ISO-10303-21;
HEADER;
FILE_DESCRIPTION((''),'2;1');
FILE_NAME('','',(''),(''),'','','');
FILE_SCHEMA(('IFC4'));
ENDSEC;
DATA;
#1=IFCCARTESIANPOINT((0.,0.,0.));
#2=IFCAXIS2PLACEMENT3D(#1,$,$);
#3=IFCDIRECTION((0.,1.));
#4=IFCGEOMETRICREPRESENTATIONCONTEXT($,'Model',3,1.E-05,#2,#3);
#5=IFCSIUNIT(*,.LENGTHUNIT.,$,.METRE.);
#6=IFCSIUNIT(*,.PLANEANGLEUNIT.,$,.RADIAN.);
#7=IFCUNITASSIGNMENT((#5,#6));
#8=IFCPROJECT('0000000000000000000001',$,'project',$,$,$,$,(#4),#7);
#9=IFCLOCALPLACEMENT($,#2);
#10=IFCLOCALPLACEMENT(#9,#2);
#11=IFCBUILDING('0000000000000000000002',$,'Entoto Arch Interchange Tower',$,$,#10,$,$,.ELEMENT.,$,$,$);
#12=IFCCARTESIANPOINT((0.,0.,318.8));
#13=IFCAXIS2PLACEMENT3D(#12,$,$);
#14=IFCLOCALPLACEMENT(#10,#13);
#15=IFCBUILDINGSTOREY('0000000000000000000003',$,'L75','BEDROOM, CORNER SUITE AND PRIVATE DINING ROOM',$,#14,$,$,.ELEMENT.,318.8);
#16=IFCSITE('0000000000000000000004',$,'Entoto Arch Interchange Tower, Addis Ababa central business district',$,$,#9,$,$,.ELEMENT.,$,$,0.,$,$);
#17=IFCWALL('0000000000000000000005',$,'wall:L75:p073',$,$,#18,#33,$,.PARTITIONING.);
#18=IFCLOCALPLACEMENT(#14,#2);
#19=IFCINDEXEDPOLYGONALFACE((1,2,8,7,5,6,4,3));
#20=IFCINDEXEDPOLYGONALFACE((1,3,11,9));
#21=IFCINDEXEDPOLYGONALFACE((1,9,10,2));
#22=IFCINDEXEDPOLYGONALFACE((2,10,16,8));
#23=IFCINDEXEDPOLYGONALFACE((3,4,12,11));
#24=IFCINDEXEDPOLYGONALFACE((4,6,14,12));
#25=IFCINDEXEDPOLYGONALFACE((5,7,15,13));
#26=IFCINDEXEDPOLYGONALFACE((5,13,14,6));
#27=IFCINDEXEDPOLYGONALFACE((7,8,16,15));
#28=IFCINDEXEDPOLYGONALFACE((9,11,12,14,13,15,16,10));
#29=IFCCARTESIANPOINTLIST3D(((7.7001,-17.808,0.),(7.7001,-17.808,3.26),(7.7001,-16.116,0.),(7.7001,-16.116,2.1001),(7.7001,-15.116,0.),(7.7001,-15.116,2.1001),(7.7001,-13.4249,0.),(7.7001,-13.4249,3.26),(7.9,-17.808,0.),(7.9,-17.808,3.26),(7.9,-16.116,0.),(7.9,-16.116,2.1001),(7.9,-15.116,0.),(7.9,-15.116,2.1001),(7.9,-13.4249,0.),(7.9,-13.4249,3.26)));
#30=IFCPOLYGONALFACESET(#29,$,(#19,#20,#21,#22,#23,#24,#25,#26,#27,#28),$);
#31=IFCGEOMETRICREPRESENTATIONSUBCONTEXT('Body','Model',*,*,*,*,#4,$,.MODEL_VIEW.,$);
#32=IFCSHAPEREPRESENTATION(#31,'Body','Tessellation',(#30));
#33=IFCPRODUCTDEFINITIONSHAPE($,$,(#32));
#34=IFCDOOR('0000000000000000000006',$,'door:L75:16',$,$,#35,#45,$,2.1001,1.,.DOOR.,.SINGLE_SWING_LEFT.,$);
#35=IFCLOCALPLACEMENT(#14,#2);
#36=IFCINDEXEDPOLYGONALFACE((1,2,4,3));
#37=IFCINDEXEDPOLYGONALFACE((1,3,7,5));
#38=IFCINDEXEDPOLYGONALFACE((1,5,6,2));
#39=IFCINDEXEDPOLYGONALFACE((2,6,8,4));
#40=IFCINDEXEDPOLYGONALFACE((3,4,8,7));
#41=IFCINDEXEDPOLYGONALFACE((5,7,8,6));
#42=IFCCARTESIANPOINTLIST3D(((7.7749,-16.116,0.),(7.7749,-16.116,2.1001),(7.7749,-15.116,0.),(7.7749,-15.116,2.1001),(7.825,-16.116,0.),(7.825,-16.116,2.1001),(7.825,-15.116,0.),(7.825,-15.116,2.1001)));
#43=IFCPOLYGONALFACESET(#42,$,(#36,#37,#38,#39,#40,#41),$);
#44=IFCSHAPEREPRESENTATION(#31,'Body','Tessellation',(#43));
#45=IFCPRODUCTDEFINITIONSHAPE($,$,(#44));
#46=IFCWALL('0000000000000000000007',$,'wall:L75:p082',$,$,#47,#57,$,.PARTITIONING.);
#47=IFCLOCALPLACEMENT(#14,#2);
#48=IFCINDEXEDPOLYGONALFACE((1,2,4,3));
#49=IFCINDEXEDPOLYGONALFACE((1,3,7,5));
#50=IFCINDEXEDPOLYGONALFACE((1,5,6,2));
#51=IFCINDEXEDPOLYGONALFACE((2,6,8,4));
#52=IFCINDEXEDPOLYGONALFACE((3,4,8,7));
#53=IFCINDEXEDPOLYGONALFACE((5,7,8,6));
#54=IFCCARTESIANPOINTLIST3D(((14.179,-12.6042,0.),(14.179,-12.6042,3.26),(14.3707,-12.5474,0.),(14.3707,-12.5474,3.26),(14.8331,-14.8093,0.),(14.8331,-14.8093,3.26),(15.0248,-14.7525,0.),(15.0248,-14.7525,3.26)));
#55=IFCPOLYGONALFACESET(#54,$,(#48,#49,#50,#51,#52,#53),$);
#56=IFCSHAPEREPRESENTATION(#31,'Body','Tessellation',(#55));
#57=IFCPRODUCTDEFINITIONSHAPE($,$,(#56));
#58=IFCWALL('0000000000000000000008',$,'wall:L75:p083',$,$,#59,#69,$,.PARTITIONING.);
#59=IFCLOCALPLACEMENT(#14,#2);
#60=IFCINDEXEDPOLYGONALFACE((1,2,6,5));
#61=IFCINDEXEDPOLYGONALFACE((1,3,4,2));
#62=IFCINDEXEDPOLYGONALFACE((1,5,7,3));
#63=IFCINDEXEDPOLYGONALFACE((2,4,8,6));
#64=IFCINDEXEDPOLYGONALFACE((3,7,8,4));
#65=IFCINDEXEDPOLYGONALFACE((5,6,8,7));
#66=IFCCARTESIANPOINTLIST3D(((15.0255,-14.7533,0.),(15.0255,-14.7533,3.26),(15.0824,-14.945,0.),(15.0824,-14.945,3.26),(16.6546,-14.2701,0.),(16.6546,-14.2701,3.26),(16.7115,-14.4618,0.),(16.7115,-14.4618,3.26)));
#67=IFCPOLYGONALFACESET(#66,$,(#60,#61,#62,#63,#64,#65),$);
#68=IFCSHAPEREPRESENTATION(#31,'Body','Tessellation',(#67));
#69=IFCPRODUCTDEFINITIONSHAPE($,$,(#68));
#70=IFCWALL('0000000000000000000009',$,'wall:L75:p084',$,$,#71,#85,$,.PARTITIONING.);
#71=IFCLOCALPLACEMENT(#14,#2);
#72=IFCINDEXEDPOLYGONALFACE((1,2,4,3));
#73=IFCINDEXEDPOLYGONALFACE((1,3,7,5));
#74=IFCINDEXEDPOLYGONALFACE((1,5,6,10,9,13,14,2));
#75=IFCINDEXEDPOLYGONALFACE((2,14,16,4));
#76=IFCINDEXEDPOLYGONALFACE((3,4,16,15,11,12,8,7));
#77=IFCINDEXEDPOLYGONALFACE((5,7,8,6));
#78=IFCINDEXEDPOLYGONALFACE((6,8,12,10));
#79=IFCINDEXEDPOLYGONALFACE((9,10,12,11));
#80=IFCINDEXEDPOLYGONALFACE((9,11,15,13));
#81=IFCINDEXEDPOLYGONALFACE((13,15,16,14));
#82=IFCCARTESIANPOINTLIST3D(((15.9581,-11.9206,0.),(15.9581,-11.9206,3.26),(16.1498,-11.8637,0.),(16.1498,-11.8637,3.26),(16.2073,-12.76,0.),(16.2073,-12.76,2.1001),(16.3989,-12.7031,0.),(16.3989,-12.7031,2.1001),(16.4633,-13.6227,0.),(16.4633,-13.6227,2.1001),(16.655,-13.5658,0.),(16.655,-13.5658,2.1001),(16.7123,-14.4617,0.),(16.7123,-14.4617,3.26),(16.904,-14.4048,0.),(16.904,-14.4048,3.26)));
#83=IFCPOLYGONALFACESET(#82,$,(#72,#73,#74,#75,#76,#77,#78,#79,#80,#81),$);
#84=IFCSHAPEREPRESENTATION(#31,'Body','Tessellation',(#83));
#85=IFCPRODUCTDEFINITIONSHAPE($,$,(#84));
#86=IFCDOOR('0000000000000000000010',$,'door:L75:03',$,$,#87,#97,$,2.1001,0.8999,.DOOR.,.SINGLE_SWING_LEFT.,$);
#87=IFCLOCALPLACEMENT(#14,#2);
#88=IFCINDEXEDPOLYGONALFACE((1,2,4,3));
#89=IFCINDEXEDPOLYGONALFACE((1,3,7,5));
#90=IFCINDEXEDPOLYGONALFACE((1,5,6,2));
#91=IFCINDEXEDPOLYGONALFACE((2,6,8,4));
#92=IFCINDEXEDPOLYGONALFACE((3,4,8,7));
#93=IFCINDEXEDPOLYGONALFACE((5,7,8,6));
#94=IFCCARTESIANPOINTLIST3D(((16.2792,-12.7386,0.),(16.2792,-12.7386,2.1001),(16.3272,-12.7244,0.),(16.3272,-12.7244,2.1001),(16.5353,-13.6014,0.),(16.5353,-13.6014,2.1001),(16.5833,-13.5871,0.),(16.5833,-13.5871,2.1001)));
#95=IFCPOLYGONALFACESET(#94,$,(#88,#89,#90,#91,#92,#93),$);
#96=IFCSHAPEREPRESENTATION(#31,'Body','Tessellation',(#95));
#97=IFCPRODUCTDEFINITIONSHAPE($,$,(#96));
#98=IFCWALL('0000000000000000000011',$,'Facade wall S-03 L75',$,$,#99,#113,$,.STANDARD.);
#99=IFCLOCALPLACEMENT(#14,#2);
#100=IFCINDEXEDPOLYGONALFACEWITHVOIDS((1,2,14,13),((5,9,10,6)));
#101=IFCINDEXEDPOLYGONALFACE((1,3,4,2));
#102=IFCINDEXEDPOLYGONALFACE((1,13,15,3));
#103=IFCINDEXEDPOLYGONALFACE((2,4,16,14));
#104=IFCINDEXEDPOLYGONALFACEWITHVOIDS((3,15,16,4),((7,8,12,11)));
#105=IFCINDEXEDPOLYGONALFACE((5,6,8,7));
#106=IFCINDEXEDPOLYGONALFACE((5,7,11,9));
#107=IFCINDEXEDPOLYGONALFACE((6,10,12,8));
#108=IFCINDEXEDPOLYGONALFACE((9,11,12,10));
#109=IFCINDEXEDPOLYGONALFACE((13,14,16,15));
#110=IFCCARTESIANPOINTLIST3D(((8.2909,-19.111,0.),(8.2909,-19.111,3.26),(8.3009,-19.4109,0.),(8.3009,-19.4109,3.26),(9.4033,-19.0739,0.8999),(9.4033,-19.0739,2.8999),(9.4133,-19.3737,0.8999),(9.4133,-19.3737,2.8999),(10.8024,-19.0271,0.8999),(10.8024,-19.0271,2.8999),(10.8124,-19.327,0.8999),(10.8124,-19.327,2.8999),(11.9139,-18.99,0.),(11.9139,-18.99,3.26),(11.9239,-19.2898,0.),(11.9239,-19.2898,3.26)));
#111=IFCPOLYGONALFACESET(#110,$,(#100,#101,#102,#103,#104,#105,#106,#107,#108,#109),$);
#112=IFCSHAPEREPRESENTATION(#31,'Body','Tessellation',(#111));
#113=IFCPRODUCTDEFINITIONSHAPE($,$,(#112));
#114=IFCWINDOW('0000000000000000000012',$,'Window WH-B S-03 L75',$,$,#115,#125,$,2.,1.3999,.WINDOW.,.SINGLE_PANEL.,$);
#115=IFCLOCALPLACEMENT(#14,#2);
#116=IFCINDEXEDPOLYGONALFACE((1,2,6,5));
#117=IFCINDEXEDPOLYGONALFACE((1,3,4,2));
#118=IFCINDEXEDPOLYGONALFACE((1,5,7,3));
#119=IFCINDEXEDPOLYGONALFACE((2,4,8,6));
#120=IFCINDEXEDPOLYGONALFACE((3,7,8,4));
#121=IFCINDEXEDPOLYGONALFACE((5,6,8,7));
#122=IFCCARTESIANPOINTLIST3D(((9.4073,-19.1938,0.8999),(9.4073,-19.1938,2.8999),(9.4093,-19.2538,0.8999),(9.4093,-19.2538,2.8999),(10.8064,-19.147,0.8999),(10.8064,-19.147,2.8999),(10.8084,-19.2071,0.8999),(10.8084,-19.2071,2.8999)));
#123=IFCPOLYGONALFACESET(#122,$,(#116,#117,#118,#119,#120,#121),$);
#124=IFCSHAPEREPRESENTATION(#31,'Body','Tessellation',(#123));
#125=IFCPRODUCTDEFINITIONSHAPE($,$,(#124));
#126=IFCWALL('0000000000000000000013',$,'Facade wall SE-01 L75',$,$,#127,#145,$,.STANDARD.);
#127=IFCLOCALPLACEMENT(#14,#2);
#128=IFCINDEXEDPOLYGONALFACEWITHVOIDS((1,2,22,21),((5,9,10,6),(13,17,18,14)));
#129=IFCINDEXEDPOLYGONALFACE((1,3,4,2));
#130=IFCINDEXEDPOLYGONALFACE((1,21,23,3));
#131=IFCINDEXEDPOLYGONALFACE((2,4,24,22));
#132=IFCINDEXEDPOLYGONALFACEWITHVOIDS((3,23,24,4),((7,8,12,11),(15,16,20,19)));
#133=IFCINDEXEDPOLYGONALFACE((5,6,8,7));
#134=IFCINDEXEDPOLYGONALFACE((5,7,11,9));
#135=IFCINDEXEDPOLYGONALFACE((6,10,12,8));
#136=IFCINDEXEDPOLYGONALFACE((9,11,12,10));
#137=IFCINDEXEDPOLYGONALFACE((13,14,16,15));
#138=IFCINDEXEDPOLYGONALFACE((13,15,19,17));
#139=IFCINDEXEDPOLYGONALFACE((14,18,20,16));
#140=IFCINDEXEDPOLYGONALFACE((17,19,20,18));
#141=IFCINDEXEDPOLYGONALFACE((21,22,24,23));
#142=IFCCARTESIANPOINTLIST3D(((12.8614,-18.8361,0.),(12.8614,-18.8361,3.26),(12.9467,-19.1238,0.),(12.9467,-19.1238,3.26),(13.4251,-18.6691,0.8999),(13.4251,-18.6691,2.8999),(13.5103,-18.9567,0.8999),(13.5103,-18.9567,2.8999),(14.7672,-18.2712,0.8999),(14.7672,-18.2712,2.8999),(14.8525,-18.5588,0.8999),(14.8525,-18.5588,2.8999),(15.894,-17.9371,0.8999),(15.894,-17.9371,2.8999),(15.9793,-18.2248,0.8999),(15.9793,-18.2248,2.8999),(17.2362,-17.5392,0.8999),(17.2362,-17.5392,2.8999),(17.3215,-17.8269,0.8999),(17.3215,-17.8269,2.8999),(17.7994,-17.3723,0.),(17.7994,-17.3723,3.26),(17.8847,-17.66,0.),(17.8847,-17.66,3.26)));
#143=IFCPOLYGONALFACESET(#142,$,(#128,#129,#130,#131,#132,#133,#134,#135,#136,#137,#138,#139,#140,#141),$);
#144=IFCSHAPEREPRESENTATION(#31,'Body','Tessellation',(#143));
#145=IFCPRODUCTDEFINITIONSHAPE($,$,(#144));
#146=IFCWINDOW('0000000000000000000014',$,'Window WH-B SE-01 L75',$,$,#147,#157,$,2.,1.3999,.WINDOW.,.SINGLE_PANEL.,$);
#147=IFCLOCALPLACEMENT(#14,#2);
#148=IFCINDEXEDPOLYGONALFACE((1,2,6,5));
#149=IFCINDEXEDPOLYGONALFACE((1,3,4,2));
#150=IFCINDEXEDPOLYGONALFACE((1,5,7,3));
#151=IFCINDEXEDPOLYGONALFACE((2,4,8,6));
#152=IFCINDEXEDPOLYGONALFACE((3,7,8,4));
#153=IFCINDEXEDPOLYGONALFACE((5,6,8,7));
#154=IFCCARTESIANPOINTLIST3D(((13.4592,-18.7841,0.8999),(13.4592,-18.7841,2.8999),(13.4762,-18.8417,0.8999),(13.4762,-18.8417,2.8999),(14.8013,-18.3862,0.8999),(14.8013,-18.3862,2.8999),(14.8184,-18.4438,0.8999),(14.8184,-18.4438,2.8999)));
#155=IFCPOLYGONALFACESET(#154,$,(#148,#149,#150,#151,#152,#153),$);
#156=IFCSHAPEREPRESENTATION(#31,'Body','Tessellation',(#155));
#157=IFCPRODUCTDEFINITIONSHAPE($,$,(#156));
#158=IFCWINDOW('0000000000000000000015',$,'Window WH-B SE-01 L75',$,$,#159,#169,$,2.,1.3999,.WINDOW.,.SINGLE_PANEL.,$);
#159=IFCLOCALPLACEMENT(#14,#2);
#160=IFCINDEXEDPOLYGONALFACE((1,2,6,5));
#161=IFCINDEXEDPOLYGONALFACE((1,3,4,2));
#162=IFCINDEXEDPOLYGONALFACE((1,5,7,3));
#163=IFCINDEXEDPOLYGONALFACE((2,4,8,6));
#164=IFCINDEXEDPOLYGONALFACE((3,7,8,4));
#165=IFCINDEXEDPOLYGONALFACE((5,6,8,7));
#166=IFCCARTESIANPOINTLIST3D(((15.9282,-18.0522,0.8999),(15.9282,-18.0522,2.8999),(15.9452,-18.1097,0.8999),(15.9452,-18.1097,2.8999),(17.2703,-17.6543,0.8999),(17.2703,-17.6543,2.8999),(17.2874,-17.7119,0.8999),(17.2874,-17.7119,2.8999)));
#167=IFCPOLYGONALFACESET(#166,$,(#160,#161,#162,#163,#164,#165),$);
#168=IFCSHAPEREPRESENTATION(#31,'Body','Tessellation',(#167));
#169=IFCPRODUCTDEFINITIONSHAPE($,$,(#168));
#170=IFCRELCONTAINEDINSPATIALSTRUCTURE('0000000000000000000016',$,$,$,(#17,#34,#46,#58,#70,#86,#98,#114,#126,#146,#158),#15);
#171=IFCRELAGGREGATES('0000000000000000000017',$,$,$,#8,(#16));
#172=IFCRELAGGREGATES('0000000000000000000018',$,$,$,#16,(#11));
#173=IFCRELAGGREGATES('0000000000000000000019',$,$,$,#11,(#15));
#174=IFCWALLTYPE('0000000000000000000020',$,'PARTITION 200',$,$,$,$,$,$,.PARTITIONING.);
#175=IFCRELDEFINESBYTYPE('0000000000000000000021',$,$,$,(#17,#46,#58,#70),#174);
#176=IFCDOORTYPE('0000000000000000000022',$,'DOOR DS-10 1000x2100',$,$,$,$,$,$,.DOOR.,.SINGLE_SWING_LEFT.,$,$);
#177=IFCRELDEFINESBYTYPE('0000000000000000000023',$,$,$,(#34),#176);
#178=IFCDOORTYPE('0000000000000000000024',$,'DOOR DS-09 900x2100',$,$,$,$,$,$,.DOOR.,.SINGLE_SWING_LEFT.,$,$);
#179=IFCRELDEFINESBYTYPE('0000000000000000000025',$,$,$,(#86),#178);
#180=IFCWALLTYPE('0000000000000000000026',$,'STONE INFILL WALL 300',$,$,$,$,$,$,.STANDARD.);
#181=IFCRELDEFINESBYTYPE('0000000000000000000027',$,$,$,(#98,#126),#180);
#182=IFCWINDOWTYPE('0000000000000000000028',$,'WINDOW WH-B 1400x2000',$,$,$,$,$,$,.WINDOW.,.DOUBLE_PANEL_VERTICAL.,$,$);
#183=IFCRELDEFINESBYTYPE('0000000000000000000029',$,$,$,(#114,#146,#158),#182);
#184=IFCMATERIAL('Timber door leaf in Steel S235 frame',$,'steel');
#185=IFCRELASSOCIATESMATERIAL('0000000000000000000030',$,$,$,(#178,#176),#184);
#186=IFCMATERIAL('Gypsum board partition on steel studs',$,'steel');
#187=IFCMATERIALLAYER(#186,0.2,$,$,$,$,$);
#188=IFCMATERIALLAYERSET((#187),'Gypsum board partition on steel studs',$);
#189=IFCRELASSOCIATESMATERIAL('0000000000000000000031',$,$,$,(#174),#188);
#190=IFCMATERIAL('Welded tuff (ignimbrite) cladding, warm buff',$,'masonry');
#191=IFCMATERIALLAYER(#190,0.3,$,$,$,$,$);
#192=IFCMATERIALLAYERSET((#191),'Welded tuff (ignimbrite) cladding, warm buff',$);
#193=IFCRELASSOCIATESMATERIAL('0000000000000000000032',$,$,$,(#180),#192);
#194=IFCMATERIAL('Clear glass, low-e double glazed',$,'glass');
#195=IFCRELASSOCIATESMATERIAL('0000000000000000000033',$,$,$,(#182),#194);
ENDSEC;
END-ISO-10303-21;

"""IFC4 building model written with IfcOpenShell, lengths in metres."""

from ifc_helpers import new_model, si_unit, direction, frame, frame_2d, origin, place, context, subcontext, project, spatial, rectangle, extrude, material, layer, layer_set, type_object, element, fill, save


model = new_model("IFC4")

# Units and contexts
model_context = context("Model", 3, precision=1e-05, world=origin(), true_north=direction((0.0, 1.0)))
body_context = subcontext(model_context, "Body", "Model", "MODEL_VIEW")
ifc_project = project(units=[si_unit("LENGTHUNIT", "METRE"), si_unit("PLANEANGLEUNIT", "RADIAN")], contexts=[model_context])

# Site, building, storey
site_placement = place(None, origin())
site = spatial("IfcSite", under=ifc_project, at=site_placement, Name="Entoto Arch Interchange Tower, Addis Ababa central business district", CompositionType="ELEMENT", RefElevation=0.0)
building_placement = place(site_placement, origin())
building = spatial("IfcBuilding", under=site, at=building_placement, Name="Entoto Arch Interchange Tower", CompositionType="ELEMENT")
storey_placement = place(building_placement, frame((0.0, 0.0, 318.8)))
storey = spatial("IfcBuildingStorey", under=building, at=storey_placement, Name="L75", Description="BEDROOM, CORNER SUITE AND PRIVATE DINING ROOM", CompositionType="ELEMENT", Elevation=318.8)

# Shared definitions
ifc_material_1 = material(Name="Gypsum board partition on steel studs", Category="steel")
ifc_material_2 = material(Name="Timber door leaf in Steel S235 frame", Category="steel")
door_type_1 = type_object("IfcDoorType", Name="DOOR DS-09 900x2100", OperationType="SINGLE_SWING_LEFT", PredefinedType="DOOR", material=ifc_material_2)

# Shared definitions
ifc_layer_1 = layer(ifc_material_1, 0.2)
ifc_layer_set_1 = layer_set([ifc_layer_1], Name="Gypsum board partition on steel studs")
wall_type_1 = type_object("IfcWallType", Name="PARTITION 200", PredefinedType="PARTITIONING", material=ifc_layer_set_1)

# Wall, opening, door
wall_1_placement = place(storey_placement, frame((7.8, -13.425, 0.0), z_axis=(0.0, 0.0, 1.0), x_axis=(0.0, -1.0, 0.0)))
wall_1 = element("IfcWall", 1, at=wall_1_placement, inside=storey, type_object=wall_type_1, Name="wall:L75:p073", PredefinedType="PARTITIONING", context=body_context, shape_type="SweptSolid", body=[
    extrude(rectangle(XDim=4.3831, YDim=0.2, at=frame_2d((2.1914, 0.0))), origin(), (0.0, 0.0, 1.0), 3.26),
])
opening_1_placement = place(wall_1_placement, frame((1.6909, 0.0, 0.0)))
opening_1 = element("IfcOpeningElement", 2, at=opening_1_placement, cuts=wall_1, PredefinedType="OPENING", context=body_context, shape_type="SweptSolid", body=[
    extrude(rectangle(XDim=1.0, YDim=2.1001, at=frame_2d((0.5, 1.05))), frame((0.0, 0.1099, 0.0), z_axis=(0.0, -1.0, 0.0), x_axis=(1.0, 0.0, 0.0)), (0.0, 0.0, 1.0), 0.22),
])
door_type_2 = type_object("IfcDoorType", Name="DOOR DS-10 1000x2100", OperationType="SINGLE_SWING_LEFT", PredefinedType="DOOR", material=ifc_material_2)
door_1_placement = place(opening_1_placement, origin())
door_1 = element("IfcDoor", 3, at=door_1_placement, inside=storey, type_object=door_type_2, Name="door:L75:16", OperationType="SINGLE_SWING_LEFT", OverallHeight=2.1001, OverallWidth=1.0, PredefinedType="DOOR", context=body_context, shape_type="SweptSolid", body=[
    extrude(rectangle(XDim=1.0, YDim=2.1001, at=frame_2d((0.5, 1.05))), frame((0.0, 0.0249, 0.0), z_axis=(0.0, -1.0, 0.0), x_axis=(1.0, 0.0, 0.0)), (0.0, 0.0, 1.0), 0.05),
])
fill(opening_1, door_1)

# Walls
wall_2_placement = place(storey_placement, frame((14.2749, -12.5759, 0.0), z_axis=(0.0, 0.0, 1.0), x_axis=(0.284367, -0.958716, 0.0)))
element("IfcWall", 4, at=wall_2_placement, inside=storey, type_object=wall_type_1, Name="wall:L75:p082", PredefinedType="PARTITIONING", context=body_context, shape_type="SweptSolid", body=[
    extrude(rectangle(XDim=2.3, YDim=0.2, at=frame_2d((1.1499, 0.0))), origin(), (0.0, 0.0, 1.0), 3.26),
])
wall_3_placement = place(storey_placement, frame((15.054, -14.8491, 0.0), z_axis=(0.0, 0.0, 1.0), x_axis=(0.958727, 0.284328, 0.0)))
element("IfcWall", 5, at=wall_3_placement, inside=storey, type_object=wall_type_1, Name="wall:L75:p083", PredefinedType="PARTITIONING", context=body_context, shape_type="SweptSolid", body=[
    extrude(rectangle(XDim=1.6992, YDim=0.2, at=frame_2d((0.8496, 0.0))), origin(), (0.0, 0.0, 1.0), 3.26),
])

# Wall, opening, door
wall_4_placement = place(storey_placement, frame((16.8081, -14.4331, 0.0), z_axis=(0.0, 0.0, 1.0), x_axis=(-0.284524, 0.958669, 0.0)))
wall_4 = element("IfcWall", 6, at=wall_4_placement, inside=storey, type_object=wall_type_1, Name="wall:L75:p084", PredefinedType="PARTITIONING", context=body_context, shape_type="SweptSolid", body=[
    extrude(rectangle(XDim=2.6506, YDim=0.2, at=frame_2d((1.3252, 0.0))), origin(), (0.0, 0.0, 1.0), 3.26),
])
opening_2_placement = place(wall_4_placement, frame((0.875, 0.0, 0.0)))
opening_2 = element("IfcOpeningElement", 7, at=opening_2_placement, cuts=wall_4, PredefinedType="OPENING", context=body_context, shape_type="SweptSolid", body=[
    extrude(rectangle(XDim=0.8999, YDim=2.1001, at=frame_2d((0.45, 1.05))), frame((0.0, 0.1099, 0.0), z_axis=(0.0, -1.0, 0.0), x_axis=(1.0, 0.0, 0.0)), (0.0, 0.0, 1.0), 0.22),
])
door_2_placement = place(opening_2_placement, origin())
door_2 = element("IfcDoor", 8, at=door_2_placement, inside=storey, type_object=door_type_1, Name="door:L75:03", OperationType="SINGLE_SWING_LEFT", OverallHeight=2.1001, OverallWidth=0.8999, PredefinedType="DOOR", context=body_context, shape_type="SweptSolid", body=[
    extrude(rectangle(XDim=0.8999, YDim=2.1001, at=frame_2d((0.45, 1.05))), frame((0.0, 0.0249, 0.0), z_axis=(0.0, -1.0, 0.0), x_axis=(1.0, 0.0, 0.0)), (0.0, 0.0, 1.0), 0.05),
])
fill(opening_2, door_2)

# Wall, opening, window
ifc_material_3 = material(Name="Welded tuff (ignimbrite) cladding, warm buff", Category="masonry")
ifc_layer_2 = layer(ifc_material_3, 0.3)
ifc_layer_set_2 = layer_set([ifc_layer_2], Name="Welded tuff (ignimbrite) cladding, warm buff")
wall_type_2 = type_object("IfcWallType", Name="STONE INFILL WALL 300", PredefinedType="STANDARD", material=ifc_layer_set_2)
wall_5_placement = place(storey_placement, frame((8.2959, -19.261, 0.0), z_axis=(0.0, 0.0, 1.0), x_axis=(0.999442, 0.033405, 0.0)))
wall_5 = element("IfcWall", 9, at=wall_5_placement, inside=storey, type_object=wall_type_2, Name="Facade wall S-03 L75", PredefinedType="STANDARD", context=body_context, shape_type="SweptSolid", body=[
    extrude(rectangle(XDim=3.625, YDim=0.3, at=frame_2d((1.8125, 0.0))), origin(), (0.0, 0.0, 1.0), 3.26),
])
opening_3_placement = place(wall_5_placement, frame((1.113, 0.0, 0.8999)))
opening_3 = element("IfcOpeningElement", 10, at=opening_3_placement, cuts=wall_5, PredefinedType="OPENING", context=body_context, shape_type="SweptSolid", body=[
    extrude(rectangle(XDim=1.3999, YDim=2.0, at=frame_2d((0.7, 1.0))), frame((0.0, 0.1602, 0.0), z_axis=(0.0, -1.0, 0.0), x_axis=(1.0, 0.0, 0.0)), (0.0, 0.0, 1.0), 0.3201),
])
ifc_material_4 = material(Name="Clear glass, low-e double glazed", Category="glass")
window_type = type_object("IfcWindowType", Name="WINDOW WH-B 1400x2000", PartitioningType="DOUBLE_PANEL_VERTICAL", PredefinedType="WINDOW", material=ifc_material_4)
window_1_placement = place(opening_3_placement, origin())
window_1 = element("IfcWindow", 11, at=window_1_placement, inside=storey, type_object=window_type, Name="Window WH-B S-03 L75", OverallHeight=2.0, OverallWidth=1.3999, PartitioningType="SINGLE_PANEL", PredefinedType="WINDOW", context=body_context, shape_type="SweptSolid", body=[
    extrude(rectangle(XDim=1.3999, YDim=2.0, at=frame_2d((0.7, 1.0))), frame((0.0, 0.03, 0.0), z_axis=(0.0, -1.0, 0.0), x_axis=(1.0, 0.0, 0.0)), (0.0, 0.0, 1.0), 0.0601),
])
fill(opening_3, window_1)

# Wall, openings, windows
wall_6_placement = place(storey_placement, frame((12.9041, -18.98, 0.0), z_axis=(0.0, 0.0, 1.0), x_axis=(0.958758, 0.284224, 0.0)))
wall_6 = element("IfcWall", 12, at=wall_6_placement, inside=storey, type_object=wall_type_2, Name="Facade wall SE-01 L75", PredefinedType="STANDARD", context=body_context, shape_type="SweptSolid", body=[
    extrude(rectangle(XDim=5.1504, YDim=0.3, at=frame_2d((2.5752, 0.0))), origin(), (0.0, 0.0, 1.0), 3.26),
])
opening_4_placement = place(wall_6_placement, frame((0.5879, 0.0, 0.8999)))
opening_4 = element("IfcOpeningElement", 13, at=opening_4_placement, cuts=wall_6, PredefinedType="OPENING", context=body_context, shape_type="SweptSolid", body=[
    extrude(rectangle(XDim=1.3999, YDim=2.0, at=frame_2d((0.7, 1.0))), frame((0.0, 0.1602, 0.0), z_axis=(0.0, -1.0, 0.0), x_axis=(1.0, 0.0, 0.0)), (0.0, 0.0, 1.0), 0.3201),
])
opening_5_placement = place(wall_6_placement, frame((3.1631, 0.0, 0.8999)))
opening_5 = element("IfcOpeningElement", 14, at=opening_5_placement, cuts=wall_6, PredefinedType="OPENING", context=body_context, shape_type="SweptSolid", body=[
    extrude(rectangle(XDim=1.3999, YDim=2.0, at=frame_2d((0.7, 1.0))), frame((0.0, 0.1602, 0.0), z_axis=(0.0, -1.0, 0.0), x_axis=(1.0, 0.0, 0.0)), (0.0, 0.0, 1.0), 0.3201),
])
window_2_placement = place(opening_4_placement, origin())
window_2 = element("IfcWindow", 15, at=window_2_placement, inside=storey, type_object=window_type, Name="Window WH-B SE-01 L75", OverallHeight=2.0, OverallWidth=1.3999, PartitioningType="SINGLE_PANEL", PredefinedType="WINDOW", context=body_context, shape_type="SweptSolid", body=[
    extrude(rectangle(XDim=1.3999, YDim=2.0, at=frame_2d((0.7, 1.0))), frame((0.0, 0.03, 0.0), z_axis=(0.0, -1.0, 0.0), x_axis=(1.0, 0.0, 0.0)), (0.0, 0.0, 1.0), 0.0601),
])
fill(opening_4, window_2)
window_3_placement = place(opening_5_placement, origin())
window_3 = element("IfcWindow", 16, at=window_3_placement, inside=storey, type_object=window_type, Name="Window WH-B SE-01 L75", OverallHeight=2.0, OverallWidth=1.3999, PartitioningType="SINGLE_PANEL", PredefinedType="WINDOW", context=body_context, shape_type="SweptSolid", body=[
    extrude(rectangle(XDim=1.3999, YDim=2.0, at=frame_2d((0.7, 1.0))), frame((0.0, 0.03, 0.0), z_axis=(0.0, -1.0, 0.0), x_axis=(1.0, 0.0, 0.0)), (0.0, 0.0, 1.0), 0.0601),
])
fill(opening_5, window_3)

save(model, "model.ifc")
